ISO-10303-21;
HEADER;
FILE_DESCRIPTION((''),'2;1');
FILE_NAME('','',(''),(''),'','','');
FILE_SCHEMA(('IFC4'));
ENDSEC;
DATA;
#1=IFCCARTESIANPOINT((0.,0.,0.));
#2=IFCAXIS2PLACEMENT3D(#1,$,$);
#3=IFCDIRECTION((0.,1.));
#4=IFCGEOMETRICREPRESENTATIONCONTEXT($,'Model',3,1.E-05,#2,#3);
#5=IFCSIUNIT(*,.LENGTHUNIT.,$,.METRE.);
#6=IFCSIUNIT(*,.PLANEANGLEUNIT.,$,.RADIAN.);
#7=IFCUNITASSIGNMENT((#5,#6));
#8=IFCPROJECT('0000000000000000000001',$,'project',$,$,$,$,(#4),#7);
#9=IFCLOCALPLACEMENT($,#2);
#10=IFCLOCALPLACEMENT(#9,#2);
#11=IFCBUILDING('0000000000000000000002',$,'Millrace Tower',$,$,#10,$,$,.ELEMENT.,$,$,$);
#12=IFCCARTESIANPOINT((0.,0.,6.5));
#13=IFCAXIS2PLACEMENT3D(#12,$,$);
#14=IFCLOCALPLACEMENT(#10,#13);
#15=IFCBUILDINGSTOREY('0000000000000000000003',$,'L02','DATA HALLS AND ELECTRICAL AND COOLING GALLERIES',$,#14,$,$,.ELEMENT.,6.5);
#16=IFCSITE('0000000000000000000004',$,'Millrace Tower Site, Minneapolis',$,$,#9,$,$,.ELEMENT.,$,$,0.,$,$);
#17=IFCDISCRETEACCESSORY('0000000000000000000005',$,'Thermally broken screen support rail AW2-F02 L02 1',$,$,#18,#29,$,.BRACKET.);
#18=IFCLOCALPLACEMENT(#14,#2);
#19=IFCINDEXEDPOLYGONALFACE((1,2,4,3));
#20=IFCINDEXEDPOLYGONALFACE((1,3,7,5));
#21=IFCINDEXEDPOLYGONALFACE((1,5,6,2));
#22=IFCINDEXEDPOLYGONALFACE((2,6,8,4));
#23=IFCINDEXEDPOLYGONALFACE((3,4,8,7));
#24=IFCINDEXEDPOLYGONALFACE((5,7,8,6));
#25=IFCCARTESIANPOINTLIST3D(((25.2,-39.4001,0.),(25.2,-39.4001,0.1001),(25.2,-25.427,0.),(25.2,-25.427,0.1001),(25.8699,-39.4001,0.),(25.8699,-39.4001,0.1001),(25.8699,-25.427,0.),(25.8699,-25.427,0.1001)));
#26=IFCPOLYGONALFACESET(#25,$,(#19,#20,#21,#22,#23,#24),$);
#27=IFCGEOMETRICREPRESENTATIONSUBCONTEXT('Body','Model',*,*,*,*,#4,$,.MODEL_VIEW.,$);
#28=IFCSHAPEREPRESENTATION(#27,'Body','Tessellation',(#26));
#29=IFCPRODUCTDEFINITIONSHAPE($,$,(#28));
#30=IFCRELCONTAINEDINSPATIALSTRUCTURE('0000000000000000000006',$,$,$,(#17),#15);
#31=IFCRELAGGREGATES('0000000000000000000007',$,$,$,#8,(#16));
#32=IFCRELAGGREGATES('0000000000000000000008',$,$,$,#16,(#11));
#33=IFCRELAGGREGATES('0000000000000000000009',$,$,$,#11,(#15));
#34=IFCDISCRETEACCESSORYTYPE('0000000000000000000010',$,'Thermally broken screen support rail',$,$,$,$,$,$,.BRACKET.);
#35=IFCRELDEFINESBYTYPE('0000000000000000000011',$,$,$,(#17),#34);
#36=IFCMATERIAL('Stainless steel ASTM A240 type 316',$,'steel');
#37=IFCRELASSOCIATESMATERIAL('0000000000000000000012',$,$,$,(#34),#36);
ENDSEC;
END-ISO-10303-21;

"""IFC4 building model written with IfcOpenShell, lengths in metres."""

from ifc_helpers import new_model, si_unit, direction, frame, origin, origin_2d, place, context, subcontext, project, spatial, rectangle, extrude, material, type_object, element, save


model = new_model("IFC4")

# Units and contexts
model_context = context("Model", 3, precision=1e-05, world=origin(), true_north=direction((0.0, 1.0)))
body_context = subcontext(model_context, "Body", "Model", "MODEL_VIEW")
ifc_project = project(units=[si_unit("LENGTHUNIT", "METRE"), si_unit("PLANEANGLEUNIT", "RADIAN")], contexts=[model_context])

# Site, building, storey
site_placement = place(None, origin())
site = spatial("IfcSite", under=ifc_project, at=site_placement, Name="Millrace Tower Site, Minneapolis", CompositionType="ELEMENT", RefElevation=0.0)
building_placement = place(site_placement, origin())
building = spatial("IfcBuilding", under=site, at=building_placement, Name="Millrace Tower", CompositionType="ELEMENT")
storey_placement = place(building_placement, frame((0.0, 0.0, 6.5)))
storey = spatial("IfcBuildingStorey", under=building, at=storey_placement, Name="L02", Description="DATA HALLS AND ELECTRICAL AND COOLING GALLERIES", CompositionType="ELEMENT", Elevation=6.5)

# Discrete accessory
ifc_material_1 = material(Name="Stainless steel ASTM A240 type 316", Category="steel")
discrete_accessory_type = type_object("IfcDiscreteAccessoryType", Name="Thermally broken screen support rail", PredefinedType="BRACKET", material=ifc_material_1)
discrete_accessory_placement = place(storey_placement, frame((25.5349, -32.4136, 0.0), z_axis=(0.0, 0.0, 1.0), x_axis=(0.0, 1.0, 0.0)))
element("IfcDiscreteAccessory", 1, at=discrete_accessory_placement, inside=storey, type_object=discrete_accessory_type, Name="Thermally broken screen support rail AW2-F02 L02 1", PredefinedType="BRACKET", context=body_context, shape_type="SweptSolid", body=[
    extrude(rectangle(XDim=13.9731, YDim=0.6699, at=origin_2d()), origin(), (0.0, 0.0, 1.0), 0.1001),
])

save(model, "model.ifc")
